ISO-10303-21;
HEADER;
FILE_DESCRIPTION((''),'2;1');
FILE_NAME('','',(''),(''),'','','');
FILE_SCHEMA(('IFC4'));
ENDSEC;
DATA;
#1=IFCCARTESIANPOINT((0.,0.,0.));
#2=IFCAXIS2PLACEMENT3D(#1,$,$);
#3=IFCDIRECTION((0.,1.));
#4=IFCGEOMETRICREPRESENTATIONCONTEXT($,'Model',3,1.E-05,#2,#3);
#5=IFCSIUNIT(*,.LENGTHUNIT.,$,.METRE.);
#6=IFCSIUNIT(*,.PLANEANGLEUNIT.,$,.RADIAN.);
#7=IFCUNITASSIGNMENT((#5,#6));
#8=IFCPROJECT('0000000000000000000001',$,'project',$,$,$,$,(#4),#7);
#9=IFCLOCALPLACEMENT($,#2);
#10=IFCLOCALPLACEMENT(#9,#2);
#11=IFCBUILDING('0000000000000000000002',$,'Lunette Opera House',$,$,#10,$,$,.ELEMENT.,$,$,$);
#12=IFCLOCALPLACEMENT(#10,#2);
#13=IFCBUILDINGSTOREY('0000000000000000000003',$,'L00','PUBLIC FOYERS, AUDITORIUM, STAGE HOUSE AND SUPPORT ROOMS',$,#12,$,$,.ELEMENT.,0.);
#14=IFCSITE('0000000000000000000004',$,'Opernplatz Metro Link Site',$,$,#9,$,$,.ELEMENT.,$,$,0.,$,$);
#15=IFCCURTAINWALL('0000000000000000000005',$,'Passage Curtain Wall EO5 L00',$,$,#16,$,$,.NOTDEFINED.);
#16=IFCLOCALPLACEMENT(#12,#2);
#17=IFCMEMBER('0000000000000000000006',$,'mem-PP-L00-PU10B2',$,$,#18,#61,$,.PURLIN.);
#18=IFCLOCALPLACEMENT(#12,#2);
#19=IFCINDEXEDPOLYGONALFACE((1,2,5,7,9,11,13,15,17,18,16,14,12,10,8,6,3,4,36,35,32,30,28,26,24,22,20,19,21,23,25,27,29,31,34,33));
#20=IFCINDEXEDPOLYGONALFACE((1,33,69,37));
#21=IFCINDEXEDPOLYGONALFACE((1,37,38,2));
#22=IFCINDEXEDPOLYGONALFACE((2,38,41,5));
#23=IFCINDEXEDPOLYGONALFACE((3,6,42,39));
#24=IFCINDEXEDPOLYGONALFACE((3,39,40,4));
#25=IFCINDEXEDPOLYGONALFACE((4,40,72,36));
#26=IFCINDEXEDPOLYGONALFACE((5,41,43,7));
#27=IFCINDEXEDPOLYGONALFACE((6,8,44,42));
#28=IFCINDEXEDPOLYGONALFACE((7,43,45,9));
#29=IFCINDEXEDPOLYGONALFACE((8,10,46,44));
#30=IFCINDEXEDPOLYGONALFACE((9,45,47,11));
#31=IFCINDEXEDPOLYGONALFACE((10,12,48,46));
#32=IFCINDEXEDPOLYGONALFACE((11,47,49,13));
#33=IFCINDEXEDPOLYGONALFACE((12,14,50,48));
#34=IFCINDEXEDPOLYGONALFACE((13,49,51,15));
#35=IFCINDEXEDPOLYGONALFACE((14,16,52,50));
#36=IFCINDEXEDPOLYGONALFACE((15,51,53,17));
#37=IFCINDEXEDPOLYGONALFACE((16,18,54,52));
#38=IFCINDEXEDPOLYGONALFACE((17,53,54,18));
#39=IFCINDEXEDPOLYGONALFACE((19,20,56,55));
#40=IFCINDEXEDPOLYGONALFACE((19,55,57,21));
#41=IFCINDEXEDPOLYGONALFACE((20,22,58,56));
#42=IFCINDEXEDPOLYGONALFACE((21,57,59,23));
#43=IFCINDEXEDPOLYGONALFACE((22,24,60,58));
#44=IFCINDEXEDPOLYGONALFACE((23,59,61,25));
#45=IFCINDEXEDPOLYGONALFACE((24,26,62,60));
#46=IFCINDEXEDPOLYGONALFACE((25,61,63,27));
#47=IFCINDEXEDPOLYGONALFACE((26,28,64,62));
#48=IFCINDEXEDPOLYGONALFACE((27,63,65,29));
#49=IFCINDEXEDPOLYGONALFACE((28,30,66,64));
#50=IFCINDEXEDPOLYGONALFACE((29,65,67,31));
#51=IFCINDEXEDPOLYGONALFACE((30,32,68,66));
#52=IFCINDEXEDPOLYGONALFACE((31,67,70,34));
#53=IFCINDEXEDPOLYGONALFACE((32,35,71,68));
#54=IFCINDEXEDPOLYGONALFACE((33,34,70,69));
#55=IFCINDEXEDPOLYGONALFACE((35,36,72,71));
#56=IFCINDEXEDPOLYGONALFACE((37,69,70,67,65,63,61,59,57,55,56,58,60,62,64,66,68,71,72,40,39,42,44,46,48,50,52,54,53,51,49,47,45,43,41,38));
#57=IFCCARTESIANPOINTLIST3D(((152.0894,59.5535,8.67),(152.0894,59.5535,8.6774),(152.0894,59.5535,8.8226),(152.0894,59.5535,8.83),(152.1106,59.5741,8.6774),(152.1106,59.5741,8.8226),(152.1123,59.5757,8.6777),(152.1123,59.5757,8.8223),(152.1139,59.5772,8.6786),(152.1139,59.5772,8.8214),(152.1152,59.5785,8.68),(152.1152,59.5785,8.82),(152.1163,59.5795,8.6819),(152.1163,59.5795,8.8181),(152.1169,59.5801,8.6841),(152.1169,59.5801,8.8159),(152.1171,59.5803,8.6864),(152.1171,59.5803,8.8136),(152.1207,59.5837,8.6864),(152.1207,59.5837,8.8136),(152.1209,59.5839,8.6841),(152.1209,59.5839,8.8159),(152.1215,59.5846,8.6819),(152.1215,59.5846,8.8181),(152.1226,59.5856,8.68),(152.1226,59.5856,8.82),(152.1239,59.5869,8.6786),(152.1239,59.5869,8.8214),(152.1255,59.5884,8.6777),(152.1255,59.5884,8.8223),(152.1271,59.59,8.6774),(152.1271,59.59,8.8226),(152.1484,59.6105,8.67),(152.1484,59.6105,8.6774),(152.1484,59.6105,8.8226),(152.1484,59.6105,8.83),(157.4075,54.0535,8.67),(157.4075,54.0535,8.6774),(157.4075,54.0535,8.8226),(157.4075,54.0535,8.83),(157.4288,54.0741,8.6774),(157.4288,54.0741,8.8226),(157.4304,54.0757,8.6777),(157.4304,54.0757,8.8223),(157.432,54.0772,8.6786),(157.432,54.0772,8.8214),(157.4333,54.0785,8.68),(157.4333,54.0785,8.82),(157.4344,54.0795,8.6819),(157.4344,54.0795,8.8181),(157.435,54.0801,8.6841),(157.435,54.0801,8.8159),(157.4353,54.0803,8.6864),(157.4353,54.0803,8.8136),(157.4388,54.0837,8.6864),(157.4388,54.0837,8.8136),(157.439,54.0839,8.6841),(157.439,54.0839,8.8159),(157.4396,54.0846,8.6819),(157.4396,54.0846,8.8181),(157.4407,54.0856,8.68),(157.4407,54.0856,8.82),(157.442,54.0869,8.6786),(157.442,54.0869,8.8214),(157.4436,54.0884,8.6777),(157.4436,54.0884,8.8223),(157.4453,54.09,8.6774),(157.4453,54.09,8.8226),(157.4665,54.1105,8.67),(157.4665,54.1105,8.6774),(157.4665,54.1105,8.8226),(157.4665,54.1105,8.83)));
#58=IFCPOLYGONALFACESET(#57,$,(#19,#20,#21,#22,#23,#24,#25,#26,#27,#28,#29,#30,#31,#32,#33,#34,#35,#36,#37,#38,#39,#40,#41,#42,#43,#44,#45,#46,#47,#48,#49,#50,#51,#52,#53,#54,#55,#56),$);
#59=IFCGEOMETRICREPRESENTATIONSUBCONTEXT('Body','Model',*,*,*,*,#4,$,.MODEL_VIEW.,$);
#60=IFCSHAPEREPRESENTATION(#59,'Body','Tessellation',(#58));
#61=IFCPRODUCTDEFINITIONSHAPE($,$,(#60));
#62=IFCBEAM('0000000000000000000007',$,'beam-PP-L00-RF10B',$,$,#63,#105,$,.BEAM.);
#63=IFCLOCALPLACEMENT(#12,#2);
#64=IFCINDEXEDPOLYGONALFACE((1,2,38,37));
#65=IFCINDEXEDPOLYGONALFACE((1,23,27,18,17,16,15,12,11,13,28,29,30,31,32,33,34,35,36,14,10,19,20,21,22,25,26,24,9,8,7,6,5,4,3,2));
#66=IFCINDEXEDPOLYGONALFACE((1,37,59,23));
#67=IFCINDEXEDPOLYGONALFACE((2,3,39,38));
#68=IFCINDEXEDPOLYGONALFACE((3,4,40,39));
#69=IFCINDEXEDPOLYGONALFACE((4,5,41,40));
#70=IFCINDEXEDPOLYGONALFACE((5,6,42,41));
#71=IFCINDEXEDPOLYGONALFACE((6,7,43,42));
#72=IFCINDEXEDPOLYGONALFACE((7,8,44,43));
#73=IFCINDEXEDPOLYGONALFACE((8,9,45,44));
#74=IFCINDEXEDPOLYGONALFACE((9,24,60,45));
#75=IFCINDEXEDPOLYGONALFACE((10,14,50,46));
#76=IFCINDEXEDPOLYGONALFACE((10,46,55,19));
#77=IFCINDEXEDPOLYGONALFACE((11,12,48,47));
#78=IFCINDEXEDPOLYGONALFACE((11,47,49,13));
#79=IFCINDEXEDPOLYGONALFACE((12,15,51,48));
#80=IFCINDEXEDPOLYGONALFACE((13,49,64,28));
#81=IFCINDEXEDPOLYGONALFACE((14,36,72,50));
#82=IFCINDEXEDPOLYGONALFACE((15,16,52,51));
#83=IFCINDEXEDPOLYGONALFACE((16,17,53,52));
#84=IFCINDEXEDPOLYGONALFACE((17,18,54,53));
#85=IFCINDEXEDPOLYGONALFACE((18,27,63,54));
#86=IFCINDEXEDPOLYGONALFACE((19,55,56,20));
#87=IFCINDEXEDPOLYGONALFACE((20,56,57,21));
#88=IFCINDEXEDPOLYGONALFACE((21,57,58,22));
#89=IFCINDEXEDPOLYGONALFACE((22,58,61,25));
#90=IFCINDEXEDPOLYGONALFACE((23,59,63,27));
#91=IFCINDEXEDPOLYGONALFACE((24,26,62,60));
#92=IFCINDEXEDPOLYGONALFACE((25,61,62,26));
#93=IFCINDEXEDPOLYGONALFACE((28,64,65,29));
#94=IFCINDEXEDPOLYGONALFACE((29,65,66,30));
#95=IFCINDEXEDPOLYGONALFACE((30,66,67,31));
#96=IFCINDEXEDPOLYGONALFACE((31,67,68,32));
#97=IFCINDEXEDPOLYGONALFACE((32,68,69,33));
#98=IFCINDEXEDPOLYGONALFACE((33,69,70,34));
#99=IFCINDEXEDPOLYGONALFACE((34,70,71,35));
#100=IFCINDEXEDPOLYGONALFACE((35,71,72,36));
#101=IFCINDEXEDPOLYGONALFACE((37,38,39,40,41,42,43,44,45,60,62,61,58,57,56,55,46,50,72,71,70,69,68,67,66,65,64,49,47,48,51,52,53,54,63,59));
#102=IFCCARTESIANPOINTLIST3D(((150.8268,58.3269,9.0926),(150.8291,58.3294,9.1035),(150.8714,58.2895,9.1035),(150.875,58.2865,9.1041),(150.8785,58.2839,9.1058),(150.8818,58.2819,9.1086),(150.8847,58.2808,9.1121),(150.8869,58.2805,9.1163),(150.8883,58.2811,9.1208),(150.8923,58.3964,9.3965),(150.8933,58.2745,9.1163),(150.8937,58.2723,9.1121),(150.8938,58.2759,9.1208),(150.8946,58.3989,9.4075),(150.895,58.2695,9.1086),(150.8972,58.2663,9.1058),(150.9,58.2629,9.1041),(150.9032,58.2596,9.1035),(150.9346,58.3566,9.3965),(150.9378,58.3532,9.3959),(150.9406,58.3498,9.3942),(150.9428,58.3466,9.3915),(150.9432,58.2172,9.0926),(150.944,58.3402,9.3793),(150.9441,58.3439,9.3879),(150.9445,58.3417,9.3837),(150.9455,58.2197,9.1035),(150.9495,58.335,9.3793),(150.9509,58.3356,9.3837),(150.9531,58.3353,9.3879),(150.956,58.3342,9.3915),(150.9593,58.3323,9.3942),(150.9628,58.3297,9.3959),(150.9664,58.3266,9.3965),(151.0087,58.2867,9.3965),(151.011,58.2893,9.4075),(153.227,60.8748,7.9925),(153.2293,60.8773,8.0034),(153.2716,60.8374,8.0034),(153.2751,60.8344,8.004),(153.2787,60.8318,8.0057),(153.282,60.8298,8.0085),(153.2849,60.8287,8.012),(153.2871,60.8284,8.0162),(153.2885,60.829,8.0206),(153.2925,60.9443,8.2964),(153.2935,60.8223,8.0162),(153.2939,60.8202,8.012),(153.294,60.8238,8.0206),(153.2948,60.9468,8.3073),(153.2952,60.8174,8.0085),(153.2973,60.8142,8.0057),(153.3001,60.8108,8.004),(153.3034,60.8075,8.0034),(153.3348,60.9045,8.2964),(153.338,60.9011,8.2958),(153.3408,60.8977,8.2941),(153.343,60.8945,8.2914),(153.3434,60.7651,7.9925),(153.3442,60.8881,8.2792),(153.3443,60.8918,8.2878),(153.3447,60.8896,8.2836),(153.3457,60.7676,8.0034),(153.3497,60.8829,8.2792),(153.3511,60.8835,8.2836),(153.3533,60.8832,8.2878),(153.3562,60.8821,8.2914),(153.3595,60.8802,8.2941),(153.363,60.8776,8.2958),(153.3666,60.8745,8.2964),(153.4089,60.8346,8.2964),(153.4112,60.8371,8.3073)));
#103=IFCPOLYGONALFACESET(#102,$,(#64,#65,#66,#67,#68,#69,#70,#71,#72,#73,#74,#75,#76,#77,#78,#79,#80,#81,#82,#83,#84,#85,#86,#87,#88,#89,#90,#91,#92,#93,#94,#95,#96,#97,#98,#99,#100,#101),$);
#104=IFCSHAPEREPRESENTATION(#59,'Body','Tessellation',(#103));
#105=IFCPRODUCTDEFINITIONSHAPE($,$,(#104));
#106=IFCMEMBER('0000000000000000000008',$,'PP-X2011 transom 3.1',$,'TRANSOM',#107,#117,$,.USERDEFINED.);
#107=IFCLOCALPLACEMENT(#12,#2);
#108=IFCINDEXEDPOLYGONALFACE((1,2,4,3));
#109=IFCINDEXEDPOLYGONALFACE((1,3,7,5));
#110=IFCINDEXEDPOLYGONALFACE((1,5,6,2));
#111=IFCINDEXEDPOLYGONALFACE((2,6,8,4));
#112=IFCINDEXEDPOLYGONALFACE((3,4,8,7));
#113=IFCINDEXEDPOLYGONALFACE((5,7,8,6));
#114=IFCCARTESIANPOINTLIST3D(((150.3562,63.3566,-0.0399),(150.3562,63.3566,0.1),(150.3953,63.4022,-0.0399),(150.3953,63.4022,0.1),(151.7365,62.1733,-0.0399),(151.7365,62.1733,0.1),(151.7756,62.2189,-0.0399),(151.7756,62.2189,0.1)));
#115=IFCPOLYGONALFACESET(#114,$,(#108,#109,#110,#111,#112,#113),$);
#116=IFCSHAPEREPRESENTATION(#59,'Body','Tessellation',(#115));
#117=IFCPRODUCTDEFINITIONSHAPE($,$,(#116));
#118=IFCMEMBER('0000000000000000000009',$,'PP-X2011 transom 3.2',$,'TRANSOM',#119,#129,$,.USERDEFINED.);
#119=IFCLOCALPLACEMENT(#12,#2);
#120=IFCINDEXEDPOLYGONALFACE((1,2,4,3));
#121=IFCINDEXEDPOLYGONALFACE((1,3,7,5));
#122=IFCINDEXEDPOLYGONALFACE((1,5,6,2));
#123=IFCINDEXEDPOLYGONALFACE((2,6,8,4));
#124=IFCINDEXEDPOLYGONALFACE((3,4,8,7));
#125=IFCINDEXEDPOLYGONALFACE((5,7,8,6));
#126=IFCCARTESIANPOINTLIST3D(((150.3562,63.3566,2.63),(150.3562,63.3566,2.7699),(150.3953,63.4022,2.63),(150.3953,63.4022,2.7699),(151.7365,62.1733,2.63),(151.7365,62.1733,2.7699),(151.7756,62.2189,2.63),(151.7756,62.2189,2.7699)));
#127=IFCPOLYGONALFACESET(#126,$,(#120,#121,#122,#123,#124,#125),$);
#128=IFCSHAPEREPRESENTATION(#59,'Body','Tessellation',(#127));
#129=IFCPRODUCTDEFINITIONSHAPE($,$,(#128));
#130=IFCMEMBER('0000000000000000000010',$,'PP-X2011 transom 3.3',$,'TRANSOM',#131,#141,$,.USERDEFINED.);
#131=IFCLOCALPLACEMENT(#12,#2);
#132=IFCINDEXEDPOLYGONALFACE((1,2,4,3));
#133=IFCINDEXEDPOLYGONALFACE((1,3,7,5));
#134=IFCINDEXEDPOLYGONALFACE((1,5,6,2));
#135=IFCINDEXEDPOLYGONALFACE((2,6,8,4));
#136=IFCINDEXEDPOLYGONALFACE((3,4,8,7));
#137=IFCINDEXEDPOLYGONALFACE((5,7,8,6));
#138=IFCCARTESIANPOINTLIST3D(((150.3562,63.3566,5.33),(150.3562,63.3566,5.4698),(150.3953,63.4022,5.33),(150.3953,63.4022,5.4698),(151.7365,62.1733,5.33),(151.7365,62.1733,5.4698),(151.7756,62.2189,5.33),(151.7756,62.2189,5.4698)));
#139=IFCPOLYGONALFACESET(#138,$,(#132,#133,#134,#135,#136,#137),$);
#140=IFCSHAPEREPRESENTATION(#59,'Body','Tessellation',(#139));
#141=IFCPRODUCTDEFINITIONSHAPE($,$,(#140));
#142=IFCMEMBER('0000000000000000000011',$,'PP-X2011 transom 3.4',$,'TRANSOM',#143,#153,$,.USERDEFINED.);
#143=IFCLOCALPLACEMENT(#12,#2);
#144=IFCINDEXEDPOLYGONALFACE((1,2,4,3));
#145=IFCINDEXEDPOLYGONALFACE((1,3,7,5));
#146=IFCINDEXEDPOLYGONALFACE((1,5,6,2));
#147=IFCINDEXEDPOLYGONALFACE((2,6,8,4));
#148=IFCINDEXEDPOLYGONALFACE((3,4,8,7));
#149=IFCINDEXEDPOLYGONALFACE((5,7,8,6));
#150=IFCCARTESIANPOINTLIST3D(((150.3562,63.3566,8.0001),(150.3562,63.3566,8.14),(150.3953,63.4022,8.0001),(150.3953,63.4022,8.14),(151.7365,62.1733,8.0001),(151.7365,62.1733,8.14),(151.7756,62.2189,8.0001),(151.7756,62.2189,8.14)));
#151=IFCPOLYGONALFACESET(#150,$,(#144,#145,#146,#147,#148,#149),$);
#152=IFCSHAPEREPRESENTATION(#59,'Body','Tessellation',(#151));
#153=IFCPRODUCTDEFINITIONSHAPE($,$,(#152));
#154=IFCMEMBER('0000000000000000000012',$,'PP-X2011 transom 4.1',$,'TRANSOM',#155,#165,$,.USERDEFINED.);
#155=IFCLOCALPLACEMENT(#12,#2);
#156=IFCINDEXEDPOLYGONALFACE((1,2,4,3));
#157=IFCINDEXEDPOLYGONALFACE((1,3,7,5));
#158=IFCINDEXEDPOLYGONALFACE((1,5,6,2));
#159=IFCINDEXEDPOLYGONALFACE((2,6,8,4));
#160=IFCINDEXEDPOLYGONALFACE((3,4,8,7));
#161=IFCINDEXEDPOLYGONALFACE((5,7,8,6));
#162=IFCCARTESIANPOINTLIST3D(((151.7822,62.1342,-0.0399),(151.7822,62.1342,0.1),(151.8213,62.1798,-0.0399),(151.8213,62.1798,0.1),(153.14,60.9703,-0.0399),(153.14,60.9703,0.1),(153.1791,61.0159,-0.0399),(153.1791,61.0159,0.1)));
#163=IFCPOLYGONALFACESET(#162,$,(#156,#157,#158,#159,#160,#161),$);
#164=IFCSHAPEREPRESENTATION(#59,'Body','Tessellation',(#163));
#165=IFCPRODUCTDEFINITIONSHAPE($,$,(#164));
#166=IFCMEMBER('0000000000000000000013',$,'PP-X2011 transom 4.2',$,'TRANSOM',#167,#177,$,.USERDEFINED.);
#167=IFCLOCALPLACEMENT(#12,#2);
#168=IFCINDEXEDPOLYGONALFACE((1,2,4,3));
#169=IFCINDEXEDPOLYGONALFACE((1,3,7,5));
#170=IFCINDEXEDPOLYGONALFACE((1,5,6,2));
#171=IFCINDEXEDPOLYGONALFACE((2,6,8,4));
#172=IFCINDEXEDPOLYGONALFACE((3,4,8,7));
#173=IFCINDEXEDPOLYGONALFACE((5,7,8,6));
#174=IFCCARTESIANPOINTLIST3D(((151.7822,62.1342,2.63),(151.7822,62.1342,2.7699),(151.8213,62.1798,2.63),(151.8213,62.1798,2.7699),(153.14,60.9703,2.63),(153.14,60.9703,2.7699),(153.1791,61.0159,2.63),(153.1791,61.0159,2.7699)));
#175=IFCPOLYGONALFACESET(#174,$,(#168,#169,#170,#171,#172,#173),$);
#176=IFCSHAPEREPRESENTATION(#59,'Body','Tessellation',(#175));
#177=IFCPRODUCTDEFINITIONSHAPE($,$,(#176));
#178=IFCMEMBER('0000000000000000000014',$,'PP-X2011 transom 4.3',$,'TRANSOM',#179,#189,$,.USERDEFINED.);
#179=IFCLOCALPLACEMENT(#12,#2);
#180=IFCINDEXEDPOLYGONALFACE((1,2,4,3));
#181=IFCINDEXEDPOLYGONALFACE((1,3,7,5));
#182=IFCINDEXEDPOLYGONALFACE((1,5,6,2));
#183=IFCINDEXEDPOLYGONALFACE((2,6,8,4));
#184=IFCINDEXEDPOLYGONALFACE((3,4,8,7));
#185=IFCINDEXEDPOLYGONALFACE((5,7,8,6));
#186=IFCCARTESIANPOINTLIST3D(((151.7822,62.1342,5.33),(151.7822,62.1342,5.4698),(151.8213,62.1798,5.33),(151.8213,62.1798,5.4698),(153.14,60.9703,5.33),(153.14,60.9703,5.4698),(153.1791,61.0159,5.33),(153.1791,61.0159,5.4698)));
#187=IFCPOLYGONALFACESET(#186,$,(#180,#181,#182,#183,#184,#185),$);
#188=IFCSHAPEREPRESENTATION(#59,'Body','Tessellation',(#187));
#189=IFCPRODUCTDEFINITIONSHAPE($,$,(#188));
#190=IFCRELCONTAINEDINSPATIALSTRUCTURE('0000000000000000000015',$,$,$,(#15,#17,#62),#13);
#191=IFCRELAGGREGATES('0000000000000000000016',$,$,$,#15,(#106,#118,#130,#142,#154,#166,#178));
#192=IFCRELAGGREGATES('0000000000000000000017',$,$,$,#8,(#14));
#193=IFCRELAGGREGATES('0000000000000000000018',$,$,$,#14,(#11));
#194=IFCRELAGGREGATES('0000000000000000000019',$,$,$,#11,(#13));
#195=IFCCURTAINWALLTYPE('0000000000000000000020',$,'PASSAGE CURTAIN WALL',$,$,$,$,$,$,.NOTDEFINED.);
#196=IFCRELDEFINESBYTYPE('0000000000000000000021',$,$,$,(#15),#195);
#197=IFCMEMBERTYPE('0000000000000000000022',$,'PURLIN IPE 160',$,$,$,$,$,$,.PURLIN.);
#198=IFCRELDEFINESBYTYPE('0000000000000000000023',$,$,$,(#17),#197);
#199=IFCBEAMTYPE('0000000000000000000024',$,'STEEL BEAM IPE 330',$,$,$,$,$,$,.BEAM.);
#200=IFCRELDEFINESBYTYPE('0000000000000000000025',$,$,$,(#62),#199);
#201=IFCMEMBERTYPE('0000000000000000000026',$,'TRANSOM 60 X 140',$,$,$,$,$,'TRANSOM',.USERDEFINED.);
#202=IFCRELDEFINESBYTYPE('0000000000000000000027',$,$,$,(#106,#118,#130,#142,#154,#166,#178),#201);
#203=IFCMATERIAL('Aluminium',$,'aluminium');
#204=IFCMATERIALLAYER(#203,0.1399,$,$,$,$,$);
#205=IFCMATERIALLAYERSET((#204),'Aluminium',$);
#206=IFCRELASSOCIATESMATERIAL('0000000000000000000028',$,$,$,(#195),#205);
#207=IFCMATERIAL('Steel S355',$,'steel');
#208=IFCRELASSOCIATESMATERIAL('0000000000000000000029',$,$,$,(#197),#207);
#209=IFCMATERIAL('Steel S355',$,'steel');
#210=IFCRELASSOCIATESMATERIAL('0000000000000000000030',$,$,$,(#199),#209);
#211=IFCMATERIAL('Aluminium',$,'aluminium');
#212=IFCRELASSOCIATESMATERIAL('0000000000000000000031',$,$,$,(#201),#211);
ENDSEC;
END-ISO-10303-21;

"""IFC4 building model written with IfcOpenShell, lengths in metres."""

from ifc_helpers import new_model, si_unit, direction, frame, origin, origin_2d, place, context, subcontext, project, spatial, rectangle, i_section, extrude, material, layer, layer_set, material_profile, profile_set, type_object, element, aggregate, save


model = new_model("IFC4")

# Units and contexts
model_context = context("Model", 3, precision=1e-05, world=origin(), true_north=direction((0.0, 1.0)))
body_context = subcontext(model_context, "Body", "Model", "MODEL_VIEW")
ifc_project = project(units=[si_unit("LENGTHUNIT", "METRE"), si_unit("PLANEANGLEUNIT", "RADIAN")], contexts=[model_context])

# Site, building, storey
site_placement = place(None, origin())
site = spatial("IfcSite", under=ifc_project, at=site_placement, Name="Opernplatz Metro Link Site", CompositionType="ELEMENT", RefElevation=0.0)
building_placement = place(site_placement, origin())
building = spatial("IfcBuilding", under=site, at=building_placement, Name="Lunette Opera House", CompositionType="ELEMENT")
storey_placement = place(building_placement, origin())
storey = spatial("IfcBuildingStorey", under=building, at=storey_placement, Name="L00", Description="PUBLIC FOYERS, AUDITORIUM, STAGE HOUSE AND SUPPORT ROOMS", CompositionType="ELEMENT", Elevation=0.0)

# Curtain wall
ifc_material_1 = material(Name="Aluminium", Category="aluminium")
ifc_layer_1 = layer(ifc_material_1, 0.1399)
ifc_layer_set_1 = layer_set([ifc_layer_1], Name="Aluminium")
curtain_wall_type = type_object("IfcCurtainWallType", Name="PASSAGE CURTAIN WALL", PredefinedType="NOTDEFINED", material=ifc_layer_set_1)
curtain_wall_1_placement = place(storey_placement, origin())
curtain_wall_1 = element("IfcCurtainWall", 1, at=curtain_wall_1_placement, inside=storey, type_object=curtain_wall_type, Name="Passage Curtain Wall EO5 L00", PredefinedType="NOTDEFINED")

# Member
ifc_material_2 = material(Name="Steel S355", Category="steel")
ifc_material_profile_1 = material_profile(ifc_material_2, i_section(OverallWidth=0.082, OverallDepth=0.1599, WebThickness=0.0049, FlangeThickness=0.0073, FilletRadius=0.009, at=origin_2d()), Name="IPE 160")
ifc_profile_set_1 = profile_set([ifc_material_profile_1], Name="Steel S355")
member_type_1 = type_object("IfcMemberType", Name="PURLIN IPE 160", PredefinedType="PURLIN", material=ifc_profile_set_1)
member_1_placement = place(storey_placement, frame((152.1189, 59.582, 8.75), z_axis=(0.69512, -0.718894, 0.0), x_axis=(0.718894, 0.69512, 0.0)))
element("IfcMember", 2, at=member_1_placement, inside=storey, type_object=member_type_1, Name="mem-PP-L00-PU10B2", PredefinedType="PURLIN", context=body_context, shape_type="SweptSolid", body=[
    extrude(i_section(OverallWidth=0.082, OverallDepth=0.1599, WebThickness=0.0049, FlangeThickness=0.0073, FilletRadius=0.009, at=origin_2d()), origin(), (0.0, 0.0, 1.0), 7.6506),
])

# Beam
ifc_material_3 = material(Name="Steel S355", Category="steel")
ifc_material_profile_2 = material_profile(ifc_material_3, i_section(OverallWidth=0.1599, OverallDepth=0.3301, WebThickness=0.0076, FlangeThickness=0.0115, FilletRadius=0.0181, at=origin_2d()), Name="IPE 330")
ifc_profile_set_2 = profile_set([ifc_material_profile_2], Name="Steel S355")
beam_type = type_object("IfcBeamType", Name="STEEL BEAM IPE 330", PredefinedType="BEAM", material=ifc_profile_set_2)
beam_placement = place(storey_placement, frame((153.3191, 60.856, 8.1499), z_axis=(-0.654147, -0.694403, 0.299826), x_axis=(0.727891, -0.685693, 0.0)))
element("IfcBeam", 3, at=beam_placement, inside=storey, type_object=beam_type, Name="beam-PP-L00-RF10B", PredefinedType="BEAM", context=body_context, shape_type="SweptSolid", body=[
    extrude(i_section(OverallWidth=0.1599, OverallDepth=0.3301, WebThickness=0.0076, FlangeThickness=0.0115, FilletRadius=0.0181, at=origin_2d()), origin(), (0.0, 0.0, 1.0), 3.6692),
])

# Members
ifc_material_4 = material(Name="Aluminium", Category="aluminium")
ifc_material_profile_3 = material_profile(ifc_material_4, rectangle(XDim=0.0601, YDim=0.1399, at=origin_2d()), Name="TRANSOM 60 X 140")
ifc_profile_set_3 = profile_set([ifc_material_profile_3], Name="Aluminium")
member_type_2 = type_object("IfcMemberType", Name="TRANSOM 60 X 140", ElementType="TRANSOM", PredefinedType="USERDEFINED", material=ifc_profile_set_3)
member_2_placement = place(storey_placement, frame((150.3757, 63.3794, 0.03), z_axis=(0.759209, -0.650847, 0.0), x_axis=(0.650847, 0.759209, 0.0)))
member_2 = element("IfcMember", 4, at=member_2_placement, type_object=member_type_2, Name="PP-X2011 transom 3.1", ObjectType="TRANSOM", PredefinedType="USERDEFINED", context=body_context, shape_type="SweptSolid", body=[
    extrude(rectangle(XDim=0.0601, YDim=0.1399, at=origin_2d()), origin(), (0.0, 0.0, 1.0), 1.8181),
])
member_3_placement = place(storey_placement, frame((150.3757, 63.3794, 2.7), z_axis=(0.759209, -0.650847, 0.0), x_axis=(0.650847, 0.759209, 0.0)))
member_3 = element("IfcMember", 5, at=member_3_placement, type_object=member_type_2, Name="PP-X2011 transom 3.2", ObjectType="TRANSOM", PredefinedType="USERDEFINED", context=body_context, shape_type="SweptSolid", body=[
    extrude(rectangle(XDim=0.0601, YDim=0.1399, at=origin_2d()), origin(), (0.0, 0.0, 1.0), 1.8181),
])
member_4_placement = place(storey_placement, frame((150.3757, 63.3794, 5.3999), z_axis=(0.759209, -0.650847, 0.0), x_axis=(0.650847, 0.759209, 0.0)))
member_4 = element("IfcMember", 6, at=member_4_placement, type_object=member_type_2, Name="PP-X2011 transom 3.3", ObjectType="TRANSOM", PredefinedType="USERDEFINED", context=body_context, shape_type="SweptSolid", body=[
    extrude(rectangle(XDim=0.0601, YDim=0.1399, at=origin_2d()), origin(), (0.0, 0.0, 1.0), 1.8181),
])
member_5_placement = place(storey_placement, frame((150.3757, 63.3794, 8.0701), z_axis=(0.759209, -0.650847, 0.0), x_axis=(0.650847, 0.759209, 0.0)))
member_5 = element("IfcMember", 7, at=member_5_placement, type_object=member_type_2, Name="PP-X2011 transom 3.4", ObjectType="TRANSOM", PredefinedType="USERDEFINED", context=body_context, shape_type="SweptSolid", body=[
    extrude(rectangle(XDim=0.0601, YDim=0.1399, at=origin_2d()), origin(), (0.0, 0.0, 1.0), 1.8181),
])
member_6_placement = place(storey_placement, frame((151.8018, 62.157, 0.03), z_axis=(0.759228, -0.650825, 0.0), x_axis=(0.650825, 0.759228, 0.0)))
member_6 = element("IfcMember", 8, at=member_6_placement, type_object=member_type_2, Name="PP-X2011 transom 4.1", ObjectType="TRANSOM", PredefinedType="USERDEFINED", context=body_context, shape_type="SweptSolid", body=[
    extrude(rectangle(XDim=0.0601, YDim=0.1399, at=origin_2d()), origin(), (0.0, 0.0, 1.0), 1.7883),
])
member_7_placement = place(storey_placement, frame((151.8018, 62.157, 2.7), z_axis=(0.759228, -0.650825, 0.0), x_axis=(0.650825, 0.759228, 0.0)))
member_7 = element("IfcMember", 9, at=member_7_placement, type_object=member_type_2, Name="PP-X2011 transom 4.2", ObjectType="TRANSOM", PredefinedType="USERDEFINED", context=body_context, shape_type="SweptSolid", body=[
    extrude(rectangle(XDim=0.0601, YDim=0.1399, at=origin_2d()), origin(), (0.0, 0.0, 1.0), 1.7883),
])
member_8_placement = place(storey_placement, frame((151.8018, 62.157, 5.3999), z_axis=(0.759228, -0.650825, 0.0), x_axis=(0.650825, 0.759228, 0.0)))
member_8 = element("IfcMember", 10, at=member_8_placement, type_object=member_type_2, Name="PP-X2011 transom 4.3", ObjectType="TRANSOM", PredefinedType="USERDEFINED", context=body_context, shape_type="SweptSolid", body=[
    extrude(rectangle(XDim=0.0601, YDim=0.1399, at=origin_2d()), origin(), (0.0, 0.0, 1.0), 1.7883),
])

aggregate(curtain_wall_1, [member_2, member_3, member_4, member_5, member_6, member_7, member_8])

save(model, "model.ifc")
